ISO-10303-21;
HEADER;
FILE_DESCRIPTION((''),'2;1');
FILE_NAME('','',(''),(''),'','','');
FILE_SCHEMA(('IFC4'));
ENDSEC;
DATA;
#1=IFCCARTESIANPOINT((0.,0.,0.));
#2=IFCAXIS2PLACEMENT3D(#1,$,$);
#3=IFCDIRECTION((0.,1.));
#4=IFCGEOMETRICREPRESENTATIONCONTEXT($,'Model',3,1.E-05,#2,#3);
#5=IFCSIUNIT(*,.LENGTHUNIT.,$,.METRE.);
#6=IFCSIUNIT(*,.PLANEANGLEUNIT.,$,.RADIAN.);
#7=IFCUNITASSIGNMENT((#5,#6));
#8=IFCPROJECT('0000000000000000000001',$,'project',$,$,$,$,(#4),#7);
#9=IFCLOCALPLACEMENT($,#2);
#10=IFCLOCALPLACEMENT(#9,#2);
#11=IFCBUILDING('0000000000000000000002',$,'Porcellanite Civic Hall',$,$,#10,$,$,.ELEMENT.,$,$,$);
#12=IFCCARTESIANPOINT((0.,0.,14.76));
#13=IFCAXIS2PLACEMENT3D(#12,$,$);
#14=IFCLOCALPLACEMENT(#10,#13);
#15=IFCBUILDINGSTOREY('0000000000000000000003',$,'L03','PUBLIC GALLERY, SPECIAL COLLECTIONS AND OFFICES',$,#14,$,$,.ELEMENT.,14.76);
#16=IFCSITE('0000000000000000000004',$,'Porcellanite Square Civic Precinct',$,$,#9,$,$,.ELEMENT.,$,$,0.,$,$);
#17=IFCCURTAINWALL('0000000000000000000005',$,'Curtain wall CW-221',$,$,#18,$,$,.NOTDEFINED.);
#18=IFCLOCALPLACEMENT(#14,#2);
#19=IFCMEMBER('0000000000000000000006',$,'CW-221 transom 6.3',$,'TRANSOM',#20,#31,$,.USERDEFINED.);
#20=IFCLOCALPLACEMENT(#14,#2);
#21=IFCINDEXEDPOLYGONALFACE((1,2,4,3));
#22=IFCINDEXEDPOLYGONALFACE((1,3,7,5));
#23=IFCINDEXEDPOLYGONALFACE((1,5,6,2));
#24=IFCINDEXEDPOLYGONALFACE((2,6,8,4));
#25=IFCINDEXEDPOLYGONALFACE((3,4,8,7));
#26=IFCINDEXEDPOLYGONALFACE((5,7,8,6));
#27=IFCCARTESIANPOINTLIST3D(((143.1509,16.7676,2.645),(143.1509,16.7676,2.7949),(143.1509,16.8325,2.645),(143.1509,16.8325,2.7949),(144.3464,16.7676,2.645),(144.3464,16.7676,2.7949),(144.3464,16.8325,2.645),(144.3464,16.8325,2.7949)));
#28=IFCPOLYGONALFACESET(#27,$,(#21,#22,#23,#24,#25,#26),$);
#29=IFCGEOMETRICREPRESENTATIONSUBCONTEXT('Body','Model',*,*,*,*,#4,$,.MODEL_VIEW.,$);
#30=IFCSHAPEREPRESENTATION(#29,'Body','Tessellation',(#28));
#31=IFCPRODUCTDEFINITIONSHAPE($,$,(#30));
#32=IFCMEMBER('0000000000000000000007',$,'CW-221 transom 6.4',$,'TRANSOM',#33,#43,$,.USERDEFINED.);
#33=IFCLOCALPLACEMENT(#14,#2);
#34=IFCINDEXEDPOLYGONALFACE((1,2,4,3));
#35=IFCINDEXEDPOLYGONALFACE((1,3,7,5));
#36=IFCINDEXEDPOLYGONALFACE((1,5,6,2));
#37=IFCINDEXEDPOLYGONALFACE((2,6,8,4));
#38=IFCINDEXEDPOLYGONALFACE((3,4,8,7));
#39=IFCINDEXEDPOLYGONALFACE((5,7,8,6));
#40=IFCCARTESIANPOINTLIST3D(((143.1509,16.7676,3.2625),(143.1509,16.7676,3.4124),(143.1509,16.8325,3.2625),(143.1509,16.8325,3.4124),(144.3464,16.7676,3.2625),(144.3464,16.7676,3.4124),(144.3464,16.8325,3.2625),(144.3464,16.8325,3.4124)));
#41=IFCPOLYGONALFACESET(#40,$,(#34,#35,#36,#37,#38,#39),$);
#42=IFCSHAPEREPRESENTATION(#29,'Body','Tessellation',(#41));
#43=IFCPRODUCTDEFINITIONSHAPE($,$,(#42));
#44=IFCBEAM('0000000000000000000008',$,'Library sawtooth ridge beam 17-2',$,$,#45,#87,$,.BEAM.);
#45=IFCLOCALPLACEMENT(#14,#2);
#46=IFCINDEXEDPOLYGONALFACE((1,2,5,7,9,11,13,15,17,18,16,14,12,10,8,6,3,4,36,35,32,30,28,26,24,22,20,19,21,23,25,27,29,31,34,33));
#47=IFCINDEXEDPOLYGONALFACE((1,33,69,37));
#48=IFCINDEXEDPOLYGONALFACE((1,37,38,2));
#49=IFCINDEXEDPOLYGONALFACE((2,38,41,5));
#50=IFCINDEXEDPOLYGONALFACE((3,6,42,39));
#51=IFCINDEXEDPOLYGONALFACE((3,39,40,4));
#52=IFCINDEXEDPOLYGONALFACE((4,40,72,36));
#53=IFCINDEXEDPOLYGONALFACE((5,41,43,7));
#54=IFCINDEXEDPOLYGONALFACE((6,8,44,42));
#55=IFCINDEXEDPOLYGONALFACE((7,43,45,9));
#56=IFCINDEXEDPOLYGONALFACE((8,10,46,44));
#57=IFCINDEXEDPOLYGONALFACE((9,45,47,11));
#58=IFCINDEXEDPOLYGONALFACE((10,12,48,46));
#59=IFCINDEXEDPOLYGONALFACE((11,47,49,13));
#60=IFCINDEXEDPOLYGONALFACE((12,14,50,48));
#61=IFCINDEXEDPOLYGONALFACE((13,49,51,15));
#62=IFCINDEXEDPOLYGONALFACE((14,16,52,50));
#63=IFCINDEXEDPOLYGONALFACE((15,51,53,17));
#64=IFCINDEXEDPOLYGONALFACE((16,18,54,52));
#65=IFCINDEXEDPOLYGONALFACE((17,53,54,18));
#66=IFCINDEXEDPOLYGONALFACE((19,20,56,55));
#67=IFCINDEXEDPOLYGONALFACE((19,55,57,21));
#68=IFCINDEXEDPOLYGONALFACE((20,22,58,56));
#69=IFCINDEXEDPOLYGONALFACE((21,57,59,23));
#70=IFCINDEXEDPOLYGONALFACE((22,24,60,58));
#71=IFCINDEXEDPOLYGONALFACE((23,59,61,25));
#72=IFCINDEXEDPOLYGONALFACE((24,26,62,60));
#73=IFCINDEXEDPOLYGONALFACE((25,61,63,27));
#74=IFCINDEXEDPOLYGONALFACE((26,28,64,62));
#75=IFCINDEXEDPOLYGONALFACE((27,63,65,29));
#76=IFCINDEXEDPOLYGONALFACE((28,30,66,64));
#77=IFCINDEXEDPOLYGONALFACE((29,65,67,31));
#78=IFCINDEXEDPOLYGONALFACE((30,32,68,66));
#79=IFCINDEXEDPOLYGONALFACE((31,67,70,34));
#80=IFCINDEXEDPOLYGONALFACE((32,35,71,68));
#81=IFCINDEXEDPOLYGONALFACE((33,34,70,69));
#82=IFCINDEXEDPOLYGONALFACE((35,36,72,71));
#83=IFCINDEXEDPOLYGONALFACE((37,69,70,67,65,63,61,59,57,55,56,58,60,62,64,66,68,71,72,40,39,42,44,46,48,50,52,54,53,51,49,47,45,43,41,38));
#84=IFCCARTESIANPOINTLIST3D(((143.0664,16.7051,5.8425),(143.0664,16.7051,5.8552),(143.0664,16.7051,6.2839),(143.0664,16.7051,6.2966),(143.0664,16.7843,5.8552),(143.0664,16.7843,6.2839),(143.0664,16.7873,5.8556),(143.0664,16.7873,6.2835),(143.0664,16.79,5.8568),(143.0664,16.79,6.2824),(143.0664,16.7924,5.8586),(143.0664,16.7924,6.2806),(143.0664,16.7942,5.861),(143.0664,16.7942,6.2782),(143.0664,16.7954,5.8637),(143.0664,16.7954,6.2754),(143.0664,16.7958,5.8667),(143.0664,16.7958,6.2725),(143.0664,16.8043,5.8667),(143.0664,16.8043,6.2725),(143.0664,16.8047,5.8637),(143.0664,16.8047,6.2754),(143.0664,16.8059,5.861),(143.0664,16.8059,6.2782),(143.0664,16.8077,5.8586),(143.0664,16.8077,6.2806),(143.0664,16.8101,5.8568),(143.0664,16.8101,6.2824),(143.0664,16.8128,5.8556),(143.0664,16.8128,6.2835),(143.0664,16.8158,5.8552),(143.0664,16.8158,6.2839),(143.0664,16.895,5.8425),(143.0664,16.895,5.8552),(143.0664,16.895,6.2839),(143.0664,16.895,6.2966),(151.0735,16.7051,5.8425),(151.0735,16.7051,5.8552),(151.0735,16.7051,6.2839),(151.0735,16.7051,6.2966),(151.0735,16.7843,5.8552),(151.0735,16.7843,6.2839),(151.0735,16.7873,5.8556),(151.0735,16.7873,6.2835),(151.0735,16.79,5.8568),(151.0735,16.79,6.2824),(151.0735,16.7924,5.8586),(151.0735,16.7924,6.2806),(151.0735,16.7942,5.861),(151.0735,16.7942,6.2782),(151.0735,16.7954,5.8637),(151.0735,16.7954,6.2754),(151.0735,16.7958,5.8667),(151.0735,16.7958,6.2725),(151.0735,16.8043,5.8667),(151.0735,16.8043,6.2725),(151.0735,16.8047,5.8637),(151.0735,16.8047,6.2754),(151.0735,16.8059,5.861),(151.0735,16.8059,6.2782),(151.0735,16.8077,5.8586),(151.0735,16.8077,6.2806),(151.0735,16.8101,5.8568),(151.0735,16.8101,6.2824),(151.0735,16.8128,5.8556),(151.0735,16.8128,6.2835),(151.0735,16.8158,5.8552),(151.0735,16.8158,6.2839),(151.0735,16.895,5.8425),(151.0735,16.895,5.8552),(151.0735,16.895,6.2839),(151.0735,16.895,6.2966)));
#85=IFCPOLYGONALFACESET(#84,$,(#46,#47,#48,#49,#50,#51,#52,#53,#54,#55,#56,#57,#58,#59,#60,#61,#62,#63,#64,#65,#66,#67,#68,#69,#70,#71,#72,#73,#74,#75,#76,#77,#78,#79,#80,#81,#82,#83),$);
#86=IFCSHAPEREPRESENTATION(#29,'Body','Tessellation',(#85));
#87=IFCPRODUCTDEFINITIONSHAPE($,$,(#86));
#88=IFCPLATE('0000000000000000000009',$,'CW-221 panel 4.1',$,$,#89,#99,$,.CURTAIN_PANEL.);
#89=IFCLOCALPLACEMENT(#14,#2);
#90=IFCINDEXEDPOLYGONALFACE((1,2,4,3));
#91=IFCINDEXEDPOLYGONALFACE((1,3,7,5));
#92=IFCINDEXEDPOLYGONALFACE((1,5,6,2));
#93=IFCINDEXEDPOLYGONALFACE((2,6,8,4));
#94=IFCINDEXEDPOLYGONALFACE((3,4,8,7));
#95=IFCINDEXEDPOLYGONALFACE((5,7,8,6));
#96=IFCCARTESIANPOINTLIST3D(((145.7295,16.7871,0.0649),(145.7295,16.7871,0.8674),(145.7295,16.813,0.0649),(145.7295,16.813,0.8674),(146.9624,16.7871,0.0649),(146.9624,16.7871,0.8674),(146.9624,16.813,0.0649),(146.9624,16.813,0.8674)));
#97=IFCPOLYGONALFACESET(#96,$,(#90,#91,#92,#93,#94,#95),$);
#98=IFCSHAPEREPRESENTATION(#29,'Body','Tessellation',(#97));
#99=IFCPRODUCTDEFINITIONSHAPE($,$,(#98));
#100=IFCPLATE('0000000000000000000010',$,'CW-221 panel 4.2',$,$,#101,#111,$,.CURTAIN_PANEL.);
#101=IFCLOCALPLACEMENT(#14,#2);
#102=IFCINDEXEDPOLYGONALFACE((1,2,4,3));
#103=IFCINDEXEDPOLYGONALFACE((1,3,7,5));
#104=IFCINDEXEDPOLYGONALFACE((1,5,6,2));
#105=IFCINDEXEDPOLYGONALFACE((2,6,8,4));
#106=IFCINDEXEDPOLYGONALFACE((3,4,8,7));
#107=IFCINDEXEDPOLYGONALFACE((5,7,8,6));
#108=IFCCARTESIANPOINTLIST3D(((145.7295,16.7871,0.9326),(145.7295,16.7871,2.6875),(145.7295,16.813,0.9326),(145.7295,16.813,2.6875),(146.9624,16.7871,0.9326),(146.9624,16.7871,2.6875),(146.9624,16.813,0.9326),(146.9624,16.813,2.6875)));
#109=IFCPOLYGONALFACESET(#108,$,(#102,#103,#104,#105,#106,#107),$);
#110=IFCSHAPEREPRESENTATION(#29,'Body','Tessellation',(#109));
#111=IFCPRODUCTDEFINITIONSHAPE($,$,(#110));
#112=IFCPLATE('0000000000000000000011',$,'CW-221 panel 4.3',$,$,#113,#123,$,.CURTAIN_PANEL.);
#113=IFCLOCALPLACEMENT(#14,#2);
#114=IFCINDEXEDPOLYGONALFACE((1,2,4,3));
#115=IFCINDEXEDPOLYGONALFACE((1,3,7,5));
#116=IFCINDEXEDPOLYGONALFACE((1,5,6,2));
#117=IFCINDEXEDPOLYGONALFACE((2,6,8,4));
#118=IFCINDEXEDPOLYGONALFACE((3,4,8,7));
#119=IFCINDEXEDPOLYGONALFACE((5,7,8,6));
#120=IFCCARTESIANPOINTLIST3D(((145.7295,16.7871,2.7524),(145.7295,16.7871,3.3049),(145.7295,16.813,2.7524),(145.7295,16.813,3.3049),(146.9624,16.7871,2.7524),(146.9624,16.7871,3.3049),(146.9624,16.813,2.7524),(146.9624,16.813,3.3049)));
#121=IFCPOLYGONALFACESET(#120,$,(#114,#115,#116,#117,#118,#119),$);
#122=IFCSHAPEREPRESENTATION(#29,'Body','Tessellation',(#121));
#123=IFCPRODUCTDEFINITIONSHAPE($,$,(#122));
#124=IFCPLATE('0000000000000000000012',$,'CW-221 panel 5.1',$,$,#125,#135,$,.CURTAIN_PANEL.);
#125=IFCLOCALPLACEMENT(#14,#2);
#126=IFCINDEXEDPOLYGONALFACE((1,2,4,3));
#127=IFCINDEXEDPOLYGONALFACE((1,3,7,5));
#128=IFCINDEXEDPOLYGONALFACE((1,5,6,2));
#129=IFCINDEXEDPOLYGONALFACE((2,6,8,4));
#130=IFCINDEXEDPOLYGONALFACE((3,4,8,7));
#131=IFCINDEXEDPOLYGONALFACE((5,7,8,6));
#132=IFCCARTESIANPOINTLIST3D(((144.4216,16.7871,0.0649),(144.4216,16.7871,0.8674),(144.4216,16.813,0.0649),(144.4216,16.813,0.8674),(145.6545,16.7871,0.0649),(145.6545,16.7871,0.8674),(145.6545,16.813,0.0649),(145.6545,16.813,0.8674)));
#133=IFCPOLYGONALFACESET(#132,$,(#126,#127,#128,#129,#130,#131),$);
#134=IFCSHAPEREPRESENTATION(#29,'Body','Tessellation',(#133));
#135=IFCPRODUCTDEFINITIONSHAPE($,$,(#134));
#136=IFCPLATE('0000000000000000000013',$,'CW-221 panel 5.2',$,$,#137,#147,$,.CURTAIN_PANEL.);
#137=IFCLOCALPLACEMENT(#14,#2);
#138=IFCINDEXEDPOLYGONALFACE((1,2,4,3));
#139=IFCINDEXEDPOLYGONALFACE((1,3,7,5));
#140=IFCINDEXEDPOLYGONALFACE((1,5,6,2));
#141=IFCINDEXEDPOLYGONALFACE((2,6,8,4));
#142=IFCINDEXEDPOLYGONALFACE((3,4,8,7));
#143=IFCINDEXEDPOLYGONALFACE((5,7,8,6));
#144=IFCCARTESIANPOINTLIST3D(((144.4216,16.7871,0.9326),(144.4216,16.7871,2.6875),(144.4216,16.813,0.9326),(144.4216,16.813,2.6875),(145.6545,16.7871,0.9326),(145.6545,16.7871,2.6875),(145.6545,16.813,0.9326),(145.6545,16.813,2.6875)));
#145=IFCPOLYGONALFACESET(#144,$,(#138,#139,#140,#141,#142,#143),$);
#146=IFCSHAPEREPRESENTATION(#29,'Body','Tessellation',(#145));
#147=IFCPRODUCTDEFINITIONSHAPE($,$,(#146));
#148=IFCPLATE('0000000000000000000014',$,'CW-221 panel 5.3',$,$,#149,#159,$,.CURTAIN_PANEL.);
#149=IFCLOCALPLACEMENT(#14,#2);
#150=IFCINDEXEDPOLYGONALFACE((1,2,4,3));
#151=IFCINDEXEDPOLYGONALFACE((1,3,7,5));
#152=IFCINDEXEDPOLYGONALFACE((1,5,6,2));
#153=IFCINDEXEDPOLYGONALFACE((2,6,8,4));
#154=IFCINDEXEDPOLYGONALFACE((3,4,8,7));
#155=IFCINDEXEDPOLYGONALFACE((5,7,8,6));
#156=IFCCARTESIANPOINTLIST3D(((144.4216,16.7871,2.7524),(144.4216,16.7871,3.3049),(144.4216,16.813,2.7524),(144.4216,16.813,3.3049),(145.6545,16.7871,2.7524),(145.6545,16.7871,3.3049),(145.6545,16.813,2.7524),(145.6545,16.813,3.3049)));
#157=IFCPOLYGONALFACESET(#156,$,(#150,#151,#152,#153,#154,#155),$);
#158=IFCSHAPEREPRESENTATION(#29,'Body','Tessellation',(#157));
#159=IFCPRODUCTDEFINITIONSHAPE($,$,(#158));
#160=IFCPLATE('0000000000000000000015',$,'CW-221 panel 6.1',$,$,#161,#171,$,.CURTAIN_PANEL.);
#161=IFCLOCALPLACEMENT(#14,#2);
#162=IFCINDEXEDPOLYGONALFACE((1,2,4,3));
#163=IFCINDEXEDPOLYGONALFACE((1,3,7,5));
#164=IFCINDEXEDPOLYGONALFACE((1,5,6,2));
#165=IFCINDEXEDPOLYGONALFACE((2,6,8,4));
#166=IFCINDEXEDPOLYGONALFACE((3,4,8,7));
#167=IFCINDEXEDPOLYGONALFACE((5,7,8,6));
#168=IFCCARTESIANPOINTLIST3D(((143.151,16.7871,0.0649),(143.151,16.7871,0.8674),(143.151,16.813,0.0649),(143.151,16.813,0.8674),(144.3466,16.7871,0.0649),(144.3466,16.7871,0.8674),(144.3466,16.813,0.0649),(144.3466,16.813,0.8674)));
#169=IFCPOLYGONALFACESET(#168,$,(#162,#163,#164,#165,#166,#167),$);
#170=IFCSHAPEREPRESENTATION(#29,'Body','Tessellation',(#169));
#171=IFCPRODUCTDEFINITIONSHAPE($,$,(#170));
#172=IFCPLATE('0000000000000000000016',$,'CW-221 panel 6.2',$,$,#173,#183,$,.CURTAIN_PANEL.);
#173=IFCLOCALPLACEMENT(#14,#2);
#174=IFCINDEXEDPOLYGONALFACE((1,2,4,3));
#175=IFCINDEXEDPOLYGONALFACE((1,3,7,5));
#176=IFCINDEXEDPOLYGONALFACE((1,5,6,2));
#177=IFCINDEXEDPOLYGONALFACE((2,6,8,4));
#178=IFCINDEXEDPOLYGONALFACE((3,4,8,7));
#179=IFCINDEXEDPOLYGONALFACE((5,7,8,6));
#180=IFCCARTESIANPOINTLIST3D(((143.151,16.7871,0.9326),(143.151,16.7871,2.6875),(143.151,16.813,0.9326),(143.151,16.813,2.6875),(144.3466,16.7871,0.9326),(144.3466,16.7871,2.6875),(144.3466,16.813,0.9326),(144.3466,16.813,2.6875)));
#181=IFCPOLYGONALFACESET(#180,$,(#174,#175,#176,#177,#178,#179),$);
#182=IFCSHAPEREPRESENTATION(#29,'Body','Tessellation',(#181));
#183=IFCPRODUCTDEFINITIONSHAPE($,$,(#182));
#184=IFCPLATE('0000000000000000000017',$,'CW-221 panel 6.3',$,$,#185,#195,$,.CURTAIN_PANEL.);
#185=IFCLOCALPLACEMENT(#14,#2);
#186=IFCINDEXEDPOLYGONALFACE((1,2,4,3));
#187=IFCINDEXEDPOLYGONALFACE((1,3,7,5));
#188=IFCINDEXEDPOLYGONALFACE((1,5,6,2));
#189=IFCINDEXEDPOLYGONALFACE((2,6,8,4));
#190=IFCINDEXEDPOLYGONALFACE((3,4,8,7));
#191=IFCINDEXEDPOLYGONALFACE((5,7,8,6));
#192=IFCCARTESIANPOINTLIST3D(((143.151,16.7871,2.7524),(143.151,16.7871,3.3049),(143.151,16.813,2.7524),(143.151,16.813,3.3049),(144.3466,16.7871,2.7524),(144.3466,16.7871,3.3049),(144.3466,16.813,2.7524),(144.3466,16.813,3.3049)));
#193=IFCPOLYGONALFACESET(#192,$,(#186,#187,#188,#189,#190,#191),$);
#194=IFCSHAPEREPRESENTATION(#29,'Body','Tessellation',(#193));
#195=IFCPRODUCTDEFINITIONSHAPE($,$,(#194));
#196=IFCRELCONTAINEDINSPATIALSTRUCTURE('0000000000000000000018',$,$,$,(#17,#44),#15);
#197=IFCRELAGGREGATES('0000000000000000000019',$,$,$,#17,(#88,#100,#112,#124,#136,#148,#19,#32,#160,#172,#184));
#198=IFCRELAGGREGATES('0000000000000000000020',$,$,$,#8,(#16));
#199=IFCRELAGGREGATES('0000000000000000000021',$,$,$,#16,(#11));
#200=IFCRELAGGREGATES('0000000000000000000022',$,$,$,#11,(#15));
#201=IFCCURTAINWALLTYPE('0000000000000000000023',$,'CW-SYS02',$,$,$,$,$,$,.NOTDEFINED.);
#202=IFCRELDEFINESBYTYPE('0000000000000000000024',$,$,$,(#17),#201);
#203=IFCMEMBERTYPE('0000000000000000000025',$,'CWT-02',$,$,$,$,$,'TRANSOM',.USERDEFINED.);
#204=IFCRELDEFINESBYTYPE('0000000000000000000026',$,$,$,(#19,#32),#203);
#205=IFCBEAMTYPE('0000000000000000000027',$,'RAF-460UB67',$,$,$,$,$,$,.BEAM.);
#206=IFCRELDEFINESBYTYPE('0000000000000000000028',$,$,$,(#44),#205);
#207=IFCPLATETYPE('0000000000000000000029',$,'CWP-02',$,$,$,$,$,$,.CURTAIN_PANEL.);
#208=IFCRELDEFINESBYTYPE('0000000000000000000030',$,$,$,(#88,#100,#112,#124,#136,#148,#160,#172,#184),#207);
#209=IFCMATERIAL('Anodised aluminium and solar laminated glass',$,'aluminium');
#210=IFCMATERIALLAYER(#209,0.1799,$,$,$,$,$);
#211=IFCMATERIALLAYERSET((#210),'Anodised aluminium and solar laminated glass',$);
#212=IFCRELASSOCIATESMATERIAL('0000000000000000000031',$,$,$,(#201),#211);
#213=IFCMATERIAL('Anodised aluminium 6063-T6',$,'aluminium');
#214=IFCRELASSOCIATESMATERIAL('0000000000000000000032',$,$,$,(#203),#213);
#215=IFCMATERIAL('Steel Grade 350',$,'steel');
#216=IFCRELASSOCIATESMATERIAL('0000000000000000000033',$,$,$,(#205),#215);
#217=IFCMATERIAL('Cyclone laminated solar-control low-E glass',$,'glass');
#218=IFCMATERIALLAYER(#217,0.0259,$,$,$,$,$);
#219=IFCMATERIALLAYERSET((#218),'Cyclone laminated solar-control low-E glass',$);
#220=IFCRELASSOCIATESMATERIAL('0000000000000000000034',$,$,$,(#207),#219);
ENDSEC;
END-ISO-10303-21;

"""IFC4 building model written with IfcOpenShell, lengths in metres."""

from ifc_helpers import new_model, si_unit, direction, frame, origin, origin_2d, place, context, subcontext, project, spatial, rectangle, i_section, extrude, material, layer, layer_set, material_profile, profile_set, type_object, element, aggregate, save


model = new_model("IFC4")

# Units and contexts
model_context = context("Model", 3, precision=1e-05, world=origin(), true_north=direction((0.0, 1.0)))
body_context = subcontext(model_context, "Body", "Model", "MODEL_VIEW")
ifc_project = project(units=[si_unit("LENGTHUNIT", "METRE"), si_unit("PLANEANGLEUNIT", "RADIAN")], contexts=[model_context])

# Site, building, storey
site_placement = place(None, origin())
site = spatial("IfcSite", under=ifc_project, at=site_placement, Name="Porcellanite Square Civic Precinct", CompositionType="ELEMENT", RefElevation=0.0)
building_placement = place(site_placement, origin())
building = spatial("IfcBuilding", under=site, at=building_placement, Name="Porcellanite Civic Hall", CompositionType="ELEMENT")
storey_placement = place(building_placement, frame((0.0, 0.0, 14.76)))
storey = spatial("IfcBuildingStorey", under=building, at=storey_placement, Name="L03", Description="PUBLIC GALLERY, SPECIAL COLLECTIONS AND OFFICES", CompositionType="ELEMENT", Elevation=14.76)

# Curtain wall, members
ifc_material_1 = material(Name="Anodised aluminium and solar laminated glass", Category="aluminium")
ifc_layer_1 = layer(ifc_material_1, 0.1799)
ifc_layer_set_1 = layer_set([ifc_layer_1], Name="Anodised aluminium and solar laminated glass")
curtain_wall_type = type_object("IfcCurtainWallType", Name="CW-SYS02", PredefinedType="NOTDEFINED", material=ifc_layer_set_1)
curtain_wall_placement = place(storey_placement, origin())
curtain_wall = element("IfcCurtainWall", 1, at=curtain_wall_placement, inside=storey, type_object=curtain_wall_type, Name="Curtain wall CW-221", PredefinedType="NOTDEFINED")
ifc_material_2 = material(Name="Anodised aluminium 6063-T6", Category="aluminium")
ifc_material_profile_1 = material_profile(ifc_material_2, rectangle(XDim=0.0649, YDim=0.1499, at=origin_2d()), Name="AL-65x150")
ifc_profile_set_1 = profile_set([ifc_material_profile_1], Name="Anodised aluminium 6063-T6")
member_type_1 = type_object("IfcMemberType", Name="CWT-02", ElementType="TRANSOM", PredefinedType="USERDEFINED", material=ifc_profile_set_1)
member_1_placement = place(storey_placement, frame((144.3464, 16.8, 2.72), z_axis=(-1.0, 0.0, 0.0), x_axis=(0.0, -1.0, 0.0)))
member_1 = element("IfcMember", 2, at=member_1_placement, type_object=member_type_1, Name="CW-221 transom 6.3", ObjectType="TRANSOM", PredefinedType="USERDEFINED", context=body_context, shape_type="SweptSolid", body=[
    extrude(rectangle(XDim=0.0649, YDim=0.1499, at=origin_2d()), origin(), (0.0, 0.0, 1.0), 1.1956),
])
member_2_placement = place(storey_placement, frame((144.3464, 16.8, 3.3374), z_axis=(-1.0, 0.0, 0.0), x_axis=(0.0, -1.0, 0.0)))
member_2 = element("IfcMember", 3, at=member_2_placement, type_object=member_type_1, Name="CW-221 transom 6.4", ObjectType="TRANSOM", PredefinedType="USERDEFINED", context=body_context, shape_type="SweptSolid", body=[
    extrude(rectangle(XDim=0.0649, YDim=0.1499, at=origin_2d()), origin(), (0.0, 0.0, 1.0), 1.1956),
])

# Beam
ifc_material_3 = material(Name="Steel Grade 350", Category="steel")
ifc_material_profile_2 = material_profile(ifc_material_3, i_section(OverallWidth=0.1899, OverallDepth=0.4541, WebThickness=0.0085, FlangeThickness=0.0127, FilletRadius=0.0115, at=origin_2d()), Name="460UB67.1")
ifc_profile_set_2 = profile_set([ifc_material_profile_2], Name="Steel Grade 350")
beam_type = type_object("IfcBeamType", Name="RAF-460UB67", PredefinedType="BEAM", material=ifc_profile_set_2)
beam_placement = place(storey_placement, frame((143.0664, 16.8, 6.0696), z_axis=(1.0, 0.0, 0.0), x_axis=(0.0, 1.0, 0.0)))
element("IfcBeam", 4, at=beam_placement, inside=storey, type_object=beam_type, Name="Library sawtooth ridge beam 17-2", PredefinedType="BEAM", context=body_context, shape_type="SweptSolid", body=[
    extrude(i_section(OverallWidth=0.1899, OverallDepth=0.4541, WebThickness=0.0085, FlangeThickness=0.0127, FilletRadius=0.0115, at=origin_2d()), origin(), (0.0, 0.0, 1.0), 8.0071),
])

# Plates
ifc_material_4 = material(Name="Cyclone laminated solar-control low-E glass", Category="glass")
ifc_layer_2 = layer(ifc_material_4, 0.0259)
ifc_layer_set_2 = layer_set([ifc_layer_2], Name="Cyclone laminated solar-control low-E glass")
plate_type = type_object("IfcPlateType", Name="CWP-02", PredefinedType="CURTAIN_PANEL", material=ifc_layer_set_2)
plate_1_placement = place(storey_placement, frame((146.3459, 16.8, 0.0649), z_axis=(0.0, 0.0, 1.0), x_axis=(-1.0, 0.0, 0.0)))
plate_1 = element("IfcPlate", 5, at=plate_1_placement, type_object=plate_type, Name="CW-221 panel 4.1", PredefinedType="CURTAIN_PANEL", context=body_context, shape_type="SweptSolid", body=[
    extrude(rectangle(XDim=1.2329, YDim=0.0259, at=origin_2d()), origin(), (0.0, 0.0, 1.0), 0.8025),
])
plate_2_placement = place(storey_placement, frame((146.3459, 16.8, 0.9326), z_axis=(0.0, 0.0, 1.0), x_axis=(-1.0, 0.0, 0.0)))
plate_2 = element("IfcPlate", 6, at=plate_2_placement, type_object=plate_type, Name="CW-221 panel 4.2", PredefinedType="CURTAIN_PANEL", context=body_context, shape_type="SweptSolid", body=[
    extrude(rectangle(XDim=1.2329, YDim=0.0259, at=origin_2d()), origin(), (0.0, 0.0, 1.0), 1.7549),
])
plate_3_placement = place(storey_placement, frame((146.3459, 16.8, 2.7524), z_axis=(0.0, 0.0, 1.0), x_axis=(-1.0, 0.0, 0.0)))
plate_3 = element("IfcPlate", 7, at=plate_3_placement, type_object=plate_type, Name="CW-221 panel 4.3", PredefinedType="CURTAIN_PANEL", context=body_context, shape_type="SweptSolid", body=[
    extrude(rectangle(XDim=1.2329, YDim=0.0259, at=origin_2d()), origin(), (0.0, 0.0, 1.0), 0.5525),
])
plate_4_placement = place(storey_placement, frame((145.0381, 16.8, 0.0649), z_axis=(0.0, 0.0, 1.0), x_axis=(-1.0, 0.0, 0.0)))
plate_4 = element("IfcPlate", 8, at=plate_4_placement, type_object=plate_type, Name="CW-221 panel 5.1", PredefinedType="CURTAIN_PANEL", context=body_context, shape_type="SweptSolid", body=[
    extrude(rectangle(XDim=1.2329, YDim=0.0259, at=origin_2d()), origin(), (0.0, 0.0, 1.0), 0.8025),
])
plate_5_placement = place(storey_placement, frame((145.0381, 16.8, 0.9326), z_axis=(0.0, 0.0, 1.0), x_axis=(-1.0, 0.0, 0.0)))
plate_5 = element("IfcPlate", 9, at=plate_5_placement, type_object=plate_type, Name="CW-221 panel 5.2", PredefinedType="CURTAIN_PANEL", context=body_context, shape_type="SweptSolid", body=[
    extrude(rectangle(XDim=1.2329, YDim=0.0259, at=origin_2d()), origin(), (0.0, 0.0, 1.0), 1.7549),
])
plate_6_placement = place(storey_placement, frame((145.0381, 16.8, 2.7524), z_axis=(0.0, 0.0, 1.0), x_axis=(-1.0, 0.0, 0.0)))
plate_6 = element("IfcPlate", 10, at=plate_6_placement, type_object=plate_type, Name="CW-221 panel 5.3", PredefinedType="CURTAIN_PANEL", context=body_context, shape_type="SweptSolid", body=[
    extrude(rectangle(XDim=1.2329, YDim=0.0259, at=origin_2d()), origin(), (0.0, 0.0, 1.0), 0.5525),
])
plate_7_placement = place(storey_placement, frame((143.7488, 16.8, 0.0649), z_axis=(0.0, 0.0, 1.0), x_axis=(-1.0, 0.0, 0.0)))
plate_7 = element("IfcPlate", 11, at=plate_7_placement, type_object=plate_type, Name="CW-221 panel 6.1", PredefinedType="CURTAIN_PANEL", context=body_context, shape_type="SweptSolid", body=[
    extrude(rectangle(XDim=1.1956, YDim=0.0259, at=origin_2d()), origin(), (0.0, 0.0, 1.0), 0.8025),
])
plate_8_placement = place(storey_placement, frame((143.7488, 16.8, 0.9326), z_axis=(0.0, 0.0, 1.0), x_axis=(-1.0, 0.0, 0.0)))
plate_8 = element("IfcPlate", 12, at=plate_8_placement, type_object=plate_type, Name="CW-221 panel 6.2", PredefinedType="CURTAIN_PANEL", context=body_context, shape_type="SweptSolid", body=[
    extrude(rectangle(XDim=1.1956, YDim=0.0259, at=origin_2d()), origin(), (0.0, 0.0, 1.0), 1.7549),
])
plate_9_placement = place(storey_placement, frame((143.7488, 16.8, 2.7524), z_axis=(0.0, 0.0, 1.0), x_axis=(-1.0, 0.0, 0.0)))
plate_9 = element("IfcPlate", 13, at=plate_9_placement, type_object=plate_type, Name="CW-221 panel 6.3", PredefinedType="CURTAIN_PANEL", context=body_context, shape_type="SweptSolid", body=[
    extrude(rectangle(XDim=1.1956, YDim=0.0259, at=origin_2d()), origin(), (0.0, 0.0, 1.0), 0.5525),
])
aggregate(curtain_wall, [plate_1, plate_2, plate_3, plate_4, plate_5, plate_6, member_1, member_2, plate_7, plate_8, plate_9])

save(model, "model.ifc")
